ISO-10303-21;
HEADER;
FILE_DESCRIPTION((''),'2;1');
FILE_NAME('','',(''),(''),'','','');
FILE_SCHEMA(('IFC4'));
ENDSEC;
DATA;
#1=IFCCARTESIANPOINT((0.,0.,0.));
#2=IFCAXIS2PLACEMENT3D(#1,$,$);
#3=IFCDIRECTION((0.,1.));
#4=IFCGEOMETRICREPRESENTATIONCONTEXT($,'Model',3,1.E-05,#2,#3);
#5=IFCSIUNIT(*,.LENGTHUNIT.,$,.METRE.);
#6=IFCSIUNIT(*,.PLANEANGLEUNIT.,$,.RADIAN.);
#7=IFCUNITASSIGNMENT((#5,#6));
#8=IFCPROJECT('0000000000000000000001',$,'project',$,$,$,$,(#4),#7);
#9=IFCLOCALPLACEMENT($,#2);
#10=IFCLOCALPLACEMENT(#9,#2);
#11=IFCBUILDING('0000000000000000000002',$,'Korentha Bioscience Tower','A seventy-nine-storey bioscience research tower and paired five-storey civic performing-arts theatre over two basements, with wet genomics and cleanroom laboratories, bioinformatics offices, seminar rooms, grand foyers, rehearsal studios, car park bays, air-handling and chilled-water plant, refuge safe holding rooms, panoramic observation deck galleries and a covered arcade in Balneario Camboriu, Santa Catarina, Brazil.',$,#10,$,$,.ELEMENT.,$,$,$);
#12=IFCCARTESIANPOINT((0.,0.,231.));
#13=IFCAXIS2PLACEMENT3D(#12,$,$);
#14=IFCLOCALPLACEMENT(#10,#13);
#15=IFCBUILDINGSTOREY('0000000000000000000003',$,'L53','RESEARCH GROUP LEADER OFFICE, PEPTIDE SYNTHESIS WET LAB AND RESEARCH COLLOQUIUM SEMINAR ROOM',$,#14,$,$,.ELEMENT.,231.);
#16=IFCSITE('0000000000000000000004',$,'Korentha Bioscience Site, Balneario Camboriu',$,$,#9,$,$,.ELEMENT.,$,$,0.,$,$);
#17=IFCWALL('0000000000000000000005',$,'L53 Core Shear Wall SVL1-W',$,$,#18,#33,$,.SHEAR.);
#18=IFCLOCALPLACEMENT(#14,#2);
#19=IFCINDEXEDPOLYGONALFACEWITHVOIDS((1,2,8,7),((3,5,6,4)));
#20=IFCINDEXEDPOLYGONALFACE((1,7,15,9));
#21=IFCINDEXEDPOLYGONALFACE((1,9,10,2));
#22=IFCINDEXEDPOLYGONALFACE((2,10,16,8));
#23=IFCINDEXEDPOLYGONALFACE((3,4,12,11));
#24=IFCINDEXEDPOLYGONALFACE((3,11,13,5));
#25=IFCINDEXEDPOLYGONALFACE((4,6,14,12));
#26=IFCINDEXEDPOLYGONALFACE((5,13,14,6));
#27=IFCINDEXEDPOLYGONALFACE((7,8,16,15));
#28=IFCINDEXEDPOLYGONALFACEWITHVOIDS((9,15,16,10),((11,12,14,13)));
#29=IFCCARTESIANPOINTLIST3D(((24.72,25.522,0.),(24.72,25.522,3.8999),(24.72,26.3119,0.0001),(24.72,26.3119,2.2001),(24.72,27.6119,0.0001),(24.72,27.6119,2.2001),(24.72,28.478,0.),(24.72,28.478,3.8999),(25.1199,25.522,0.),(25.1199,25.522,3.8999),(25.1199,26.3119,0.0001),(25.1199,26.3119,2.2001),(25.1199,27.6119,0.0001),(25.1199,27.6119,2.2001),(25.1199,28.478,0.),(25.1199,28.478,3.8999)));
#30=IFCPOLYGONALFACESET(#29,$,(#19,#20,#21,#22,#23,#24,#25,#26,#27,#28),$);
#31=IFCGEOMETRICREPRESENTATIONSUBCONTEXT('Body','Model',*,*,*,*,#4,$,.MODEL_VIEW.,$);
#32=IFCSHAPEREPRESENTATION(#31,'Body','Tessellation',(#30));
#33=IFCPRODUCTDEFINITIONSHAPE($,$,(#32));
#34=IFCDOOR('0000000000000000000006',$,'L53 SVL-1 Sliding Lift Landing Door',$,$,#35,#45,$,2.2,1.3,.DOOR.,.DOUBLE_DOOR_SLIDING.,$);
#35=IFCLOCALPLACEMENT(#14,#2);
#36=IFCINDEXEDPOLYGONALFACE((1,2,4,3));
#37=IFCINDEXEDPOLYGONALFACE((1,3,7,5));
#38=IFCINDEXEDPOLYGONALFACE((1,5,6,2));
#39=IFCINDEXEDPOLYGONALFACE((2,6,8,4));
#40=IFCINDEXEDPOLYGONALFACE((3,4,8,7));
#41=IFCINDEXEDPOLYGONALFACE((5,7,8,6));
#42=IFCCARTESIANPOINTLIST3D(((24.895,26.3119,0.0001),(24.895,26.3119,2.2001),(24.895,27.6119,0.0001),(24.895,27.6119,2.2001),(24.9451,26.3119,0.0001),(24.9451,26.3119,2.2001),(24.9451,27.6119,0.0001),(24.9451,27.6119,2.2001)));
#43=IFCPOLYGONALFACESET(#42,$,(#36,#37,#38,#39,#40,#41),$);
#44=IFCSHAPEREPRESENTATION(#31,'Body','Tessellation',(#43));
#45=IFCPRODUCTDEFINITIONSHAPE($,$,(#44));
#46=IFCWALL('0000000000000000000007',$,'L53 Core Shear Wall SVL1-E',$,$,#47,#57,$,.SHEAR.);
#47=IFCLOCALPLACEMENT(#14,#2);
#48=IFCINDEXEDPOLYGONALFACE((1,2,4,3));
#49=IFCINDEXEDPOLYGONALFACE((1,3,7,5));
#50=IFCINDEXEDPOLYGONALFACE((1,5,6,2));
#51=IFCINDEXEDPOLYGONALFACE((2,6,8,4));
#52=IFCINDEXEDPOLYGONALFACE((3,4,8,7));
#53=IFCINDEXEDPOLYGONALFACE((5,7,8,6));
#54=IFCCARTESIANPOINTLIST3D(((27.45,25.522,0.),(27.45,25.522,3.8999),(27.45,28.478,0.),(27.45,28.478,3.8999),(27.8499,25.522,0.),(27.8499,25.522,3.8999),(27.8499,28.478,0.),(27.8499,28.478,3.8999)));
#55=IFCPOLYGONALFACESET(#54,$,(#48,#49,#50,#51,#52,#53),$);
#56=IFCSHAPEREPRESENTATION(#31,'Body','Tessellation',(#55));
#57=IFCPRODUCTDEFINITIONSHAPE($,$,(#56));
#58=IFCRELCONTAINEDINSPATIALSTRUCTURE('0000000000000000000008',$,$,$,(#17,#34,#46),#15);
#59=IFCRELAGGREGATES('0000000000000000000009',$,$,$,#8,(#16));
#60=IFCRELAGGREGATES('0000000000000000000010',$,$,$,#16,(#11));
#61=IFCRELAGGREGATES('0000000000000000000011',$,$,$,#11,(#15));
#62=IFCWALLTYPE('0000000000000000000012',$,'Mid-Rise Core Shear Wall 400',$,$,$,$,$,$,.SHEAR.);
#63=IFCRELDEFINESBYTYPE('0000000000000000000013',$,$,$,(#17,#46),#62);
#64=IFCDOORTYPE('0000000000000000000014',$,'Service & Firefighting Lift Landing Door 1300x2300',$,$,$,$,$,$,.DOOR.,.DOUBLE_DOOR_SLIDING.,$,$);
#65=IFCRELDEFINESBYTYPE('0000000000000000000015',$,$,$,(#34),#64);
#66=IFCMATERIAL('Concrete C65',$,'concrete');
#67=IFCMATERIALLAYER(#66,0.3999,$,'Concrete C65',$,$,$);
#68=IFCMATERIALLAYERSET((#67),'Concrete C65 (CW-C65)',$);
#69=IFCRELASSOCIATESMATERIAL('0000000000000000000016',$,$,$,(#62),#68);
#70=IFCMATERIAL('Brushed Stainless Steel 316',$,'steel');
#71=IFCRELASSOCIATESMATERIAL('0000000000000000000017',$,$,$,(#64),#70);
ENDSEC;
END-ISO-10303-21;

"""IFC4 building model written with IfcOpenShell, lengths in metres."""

from ifc_helpers import new_model, si_unit, direction, frame, frame_2d, origin, place, context, subcontext, project, spatial, rectangle, extrude, material, layer, layer_set, type_object, element, fill, save


model = new_model("IFC4")

# Units and contexts
model_context = context("Model", 3, precision=1e-05, world=origin(), true_north=direction((0.0, 1.0)))
body_context = subcontext(model_context, "Body", "Model", "MODEL_VIEW")
ifc_project = project(units=[si_unit("LENGTHUNIT", "METRE"), si_unit("PLANEANGLEUNIT", "RADIAN")], contexts=[model_context])

# Site, building, storey
site_placement = place(None, origin())
site = spatial("IfcSite", under=ifc_project, at=site_placement, Name="Korentha Bioscience Site, Balneario Camboriu", CompositionType="ELEMENT", RefElevation=0.0)
building_placement = place(site_placement, origin())
building = spatial("IfcBuilding", under=site, at=building_placement, Name="Korentha Bioscience Tower", Description="A seventy-nine-storey bioscience research tower and paired five-storey civic performing-arts theatre over two basements, with wet genomics and cleanroom laboratories, bioinformatics offices, seminar rooms, grand foyers, rehearsal studios, car park bays, air-handling and chilled-water plant, refuge safe holding rooms, panoramic observation deck galleries and a covered arcade in Balneario Camboriu, Santa Catarina, Brazil.", CompositionType="ELEMENT")
storey_placement = place(building_placement, frame((0.0, 0.0, 231.0)))
storey = spatial("IfcBuildingStorey", under=building, at=storey_placement, Name="L53", Description="RESEARCH GROUP LEADER OFFICE, PEPTIDE SYNTHESIS WET LAB AND RESEARCH COLLOQUIUM SEMINAR ROOM", CompositionType="ELEMENT", Elevation=231.0)

# Shared definitions
ifc_material_1 = material(Name="Concrete C65", Category="concrete")

# Shared definitions
ifc_layer_1 = layer(ifc_material_1, 0.3999, Name="Concrete C65")
ifc_layer_set_1 = layer_set([ifc_layer_1], Name="Concrete C65 (CW-C65)")
wall_type_1 = type_object("IfcWallType", Name="Mid-Rise Core Shear Wall 400", PredefinedType="SHEAR", material=ifc_layer_set_1)

# Shared definitions
ifc_material_2 = material(Name="Brushed Stainless Steel 316", Category="steel")
door_type_1 = type_object("IfcDoorType", Name="Service & Firefighting Lift Landing Door 1300x2300", OperationType="DOUBLE_DOOR_SLIDING", PredefinedType="DOOR", material=ifc_material_2)

# Wall, opening, door
wall_1_placement = place(storey_placement, frame((24.9199, 25.522, 0.0), z_axis=(0.0, 0.0, 1.0), x_axis=(0.0, 1.0, 0.0)))
wall_1 = element("IfcWall", 1, at=wall_1_placement, inside=storey, type_object=wall_type_1, Name="L53 Core Shear Wall SVL1-W", PredefinedType="SHEAR", context=body_context, shape_type="SweptSolid", body=[
    extrude(rectangle(XDim=2.9561, YDim=0.3999, at=frame_2d((1.478, 0.0))), origin(), (0.0, 0.0, 1.0), 3.8999),
])
opening_1_placement = place(wall_1_placement, frame((0.79, 0.0, 0.0)))
opening_1 = element("IfcOpeningElement", 2, at=opening_1_placement, cuts=wall_1, PredefinedType="OPENING", context=body_context, shape_type="SweptSolid", body=[
    extrude(rectangle(XDim=1.3, YDim=2.2, at=frame_2d((0.6499, 1.1001))), frame((0.0, 0.2148, 0.0), z_axis=(0.0, -1.0, 0.0), x_axis=(1.0, 0.0, 0.0)), (0.0, 0.0, 1.0), 0.4297),
])
door_1_placement = place(opening_1_placement, origin())
door_1 = element("IfcDoor", 3, at=door_1_placement, inside=storey, type_object=door_type_1, Name="L53 SVL-1 Sliding Lift Landing Door", OperationType="DOUBLE_DOOR_SLIDING", OverallHeight=2.2, OverallWidth=1.3, PredefinedType="DOOR", context=body_context, shape_type="SweptSolid", body=[
    extrude(rectangle(XDim=1.3, YDim=2.2, at=frame_2d((0.6499, 1.1001))), frame((0.0, 0.0249, 0.0), z_axis=(0.0, -1.0, 0.0), x_axis=(1.0, 0.0, 0.0)), (0.0, 0.0, 1.0), 0.05),
])
fill(opening_1, door_1)

# Wall
wall_2_placement = place(storey_placement, frame((27.6499, 25.522, 0.0), z_axis=(0.0, 0.0, 1.0), x_axis=(0.0, 1.0, 0.0)))
element("IfcWall", 4, at=wall_2_placement, inside=storey, type_object=wall_type_1, Name="L53 Core Shear Wall SVL1-E", PredefinedType="SHEAR", context=body_context, shape_type="SweptSolid", body=[
    extrude(rectangle(XDim=2.9561, YDim=0.3999, at=frame_2d((1.478, 0.0))), origin(), (0.0, 0.0, 1.0), 3.8999),
])

save(model, "model.ifc")
